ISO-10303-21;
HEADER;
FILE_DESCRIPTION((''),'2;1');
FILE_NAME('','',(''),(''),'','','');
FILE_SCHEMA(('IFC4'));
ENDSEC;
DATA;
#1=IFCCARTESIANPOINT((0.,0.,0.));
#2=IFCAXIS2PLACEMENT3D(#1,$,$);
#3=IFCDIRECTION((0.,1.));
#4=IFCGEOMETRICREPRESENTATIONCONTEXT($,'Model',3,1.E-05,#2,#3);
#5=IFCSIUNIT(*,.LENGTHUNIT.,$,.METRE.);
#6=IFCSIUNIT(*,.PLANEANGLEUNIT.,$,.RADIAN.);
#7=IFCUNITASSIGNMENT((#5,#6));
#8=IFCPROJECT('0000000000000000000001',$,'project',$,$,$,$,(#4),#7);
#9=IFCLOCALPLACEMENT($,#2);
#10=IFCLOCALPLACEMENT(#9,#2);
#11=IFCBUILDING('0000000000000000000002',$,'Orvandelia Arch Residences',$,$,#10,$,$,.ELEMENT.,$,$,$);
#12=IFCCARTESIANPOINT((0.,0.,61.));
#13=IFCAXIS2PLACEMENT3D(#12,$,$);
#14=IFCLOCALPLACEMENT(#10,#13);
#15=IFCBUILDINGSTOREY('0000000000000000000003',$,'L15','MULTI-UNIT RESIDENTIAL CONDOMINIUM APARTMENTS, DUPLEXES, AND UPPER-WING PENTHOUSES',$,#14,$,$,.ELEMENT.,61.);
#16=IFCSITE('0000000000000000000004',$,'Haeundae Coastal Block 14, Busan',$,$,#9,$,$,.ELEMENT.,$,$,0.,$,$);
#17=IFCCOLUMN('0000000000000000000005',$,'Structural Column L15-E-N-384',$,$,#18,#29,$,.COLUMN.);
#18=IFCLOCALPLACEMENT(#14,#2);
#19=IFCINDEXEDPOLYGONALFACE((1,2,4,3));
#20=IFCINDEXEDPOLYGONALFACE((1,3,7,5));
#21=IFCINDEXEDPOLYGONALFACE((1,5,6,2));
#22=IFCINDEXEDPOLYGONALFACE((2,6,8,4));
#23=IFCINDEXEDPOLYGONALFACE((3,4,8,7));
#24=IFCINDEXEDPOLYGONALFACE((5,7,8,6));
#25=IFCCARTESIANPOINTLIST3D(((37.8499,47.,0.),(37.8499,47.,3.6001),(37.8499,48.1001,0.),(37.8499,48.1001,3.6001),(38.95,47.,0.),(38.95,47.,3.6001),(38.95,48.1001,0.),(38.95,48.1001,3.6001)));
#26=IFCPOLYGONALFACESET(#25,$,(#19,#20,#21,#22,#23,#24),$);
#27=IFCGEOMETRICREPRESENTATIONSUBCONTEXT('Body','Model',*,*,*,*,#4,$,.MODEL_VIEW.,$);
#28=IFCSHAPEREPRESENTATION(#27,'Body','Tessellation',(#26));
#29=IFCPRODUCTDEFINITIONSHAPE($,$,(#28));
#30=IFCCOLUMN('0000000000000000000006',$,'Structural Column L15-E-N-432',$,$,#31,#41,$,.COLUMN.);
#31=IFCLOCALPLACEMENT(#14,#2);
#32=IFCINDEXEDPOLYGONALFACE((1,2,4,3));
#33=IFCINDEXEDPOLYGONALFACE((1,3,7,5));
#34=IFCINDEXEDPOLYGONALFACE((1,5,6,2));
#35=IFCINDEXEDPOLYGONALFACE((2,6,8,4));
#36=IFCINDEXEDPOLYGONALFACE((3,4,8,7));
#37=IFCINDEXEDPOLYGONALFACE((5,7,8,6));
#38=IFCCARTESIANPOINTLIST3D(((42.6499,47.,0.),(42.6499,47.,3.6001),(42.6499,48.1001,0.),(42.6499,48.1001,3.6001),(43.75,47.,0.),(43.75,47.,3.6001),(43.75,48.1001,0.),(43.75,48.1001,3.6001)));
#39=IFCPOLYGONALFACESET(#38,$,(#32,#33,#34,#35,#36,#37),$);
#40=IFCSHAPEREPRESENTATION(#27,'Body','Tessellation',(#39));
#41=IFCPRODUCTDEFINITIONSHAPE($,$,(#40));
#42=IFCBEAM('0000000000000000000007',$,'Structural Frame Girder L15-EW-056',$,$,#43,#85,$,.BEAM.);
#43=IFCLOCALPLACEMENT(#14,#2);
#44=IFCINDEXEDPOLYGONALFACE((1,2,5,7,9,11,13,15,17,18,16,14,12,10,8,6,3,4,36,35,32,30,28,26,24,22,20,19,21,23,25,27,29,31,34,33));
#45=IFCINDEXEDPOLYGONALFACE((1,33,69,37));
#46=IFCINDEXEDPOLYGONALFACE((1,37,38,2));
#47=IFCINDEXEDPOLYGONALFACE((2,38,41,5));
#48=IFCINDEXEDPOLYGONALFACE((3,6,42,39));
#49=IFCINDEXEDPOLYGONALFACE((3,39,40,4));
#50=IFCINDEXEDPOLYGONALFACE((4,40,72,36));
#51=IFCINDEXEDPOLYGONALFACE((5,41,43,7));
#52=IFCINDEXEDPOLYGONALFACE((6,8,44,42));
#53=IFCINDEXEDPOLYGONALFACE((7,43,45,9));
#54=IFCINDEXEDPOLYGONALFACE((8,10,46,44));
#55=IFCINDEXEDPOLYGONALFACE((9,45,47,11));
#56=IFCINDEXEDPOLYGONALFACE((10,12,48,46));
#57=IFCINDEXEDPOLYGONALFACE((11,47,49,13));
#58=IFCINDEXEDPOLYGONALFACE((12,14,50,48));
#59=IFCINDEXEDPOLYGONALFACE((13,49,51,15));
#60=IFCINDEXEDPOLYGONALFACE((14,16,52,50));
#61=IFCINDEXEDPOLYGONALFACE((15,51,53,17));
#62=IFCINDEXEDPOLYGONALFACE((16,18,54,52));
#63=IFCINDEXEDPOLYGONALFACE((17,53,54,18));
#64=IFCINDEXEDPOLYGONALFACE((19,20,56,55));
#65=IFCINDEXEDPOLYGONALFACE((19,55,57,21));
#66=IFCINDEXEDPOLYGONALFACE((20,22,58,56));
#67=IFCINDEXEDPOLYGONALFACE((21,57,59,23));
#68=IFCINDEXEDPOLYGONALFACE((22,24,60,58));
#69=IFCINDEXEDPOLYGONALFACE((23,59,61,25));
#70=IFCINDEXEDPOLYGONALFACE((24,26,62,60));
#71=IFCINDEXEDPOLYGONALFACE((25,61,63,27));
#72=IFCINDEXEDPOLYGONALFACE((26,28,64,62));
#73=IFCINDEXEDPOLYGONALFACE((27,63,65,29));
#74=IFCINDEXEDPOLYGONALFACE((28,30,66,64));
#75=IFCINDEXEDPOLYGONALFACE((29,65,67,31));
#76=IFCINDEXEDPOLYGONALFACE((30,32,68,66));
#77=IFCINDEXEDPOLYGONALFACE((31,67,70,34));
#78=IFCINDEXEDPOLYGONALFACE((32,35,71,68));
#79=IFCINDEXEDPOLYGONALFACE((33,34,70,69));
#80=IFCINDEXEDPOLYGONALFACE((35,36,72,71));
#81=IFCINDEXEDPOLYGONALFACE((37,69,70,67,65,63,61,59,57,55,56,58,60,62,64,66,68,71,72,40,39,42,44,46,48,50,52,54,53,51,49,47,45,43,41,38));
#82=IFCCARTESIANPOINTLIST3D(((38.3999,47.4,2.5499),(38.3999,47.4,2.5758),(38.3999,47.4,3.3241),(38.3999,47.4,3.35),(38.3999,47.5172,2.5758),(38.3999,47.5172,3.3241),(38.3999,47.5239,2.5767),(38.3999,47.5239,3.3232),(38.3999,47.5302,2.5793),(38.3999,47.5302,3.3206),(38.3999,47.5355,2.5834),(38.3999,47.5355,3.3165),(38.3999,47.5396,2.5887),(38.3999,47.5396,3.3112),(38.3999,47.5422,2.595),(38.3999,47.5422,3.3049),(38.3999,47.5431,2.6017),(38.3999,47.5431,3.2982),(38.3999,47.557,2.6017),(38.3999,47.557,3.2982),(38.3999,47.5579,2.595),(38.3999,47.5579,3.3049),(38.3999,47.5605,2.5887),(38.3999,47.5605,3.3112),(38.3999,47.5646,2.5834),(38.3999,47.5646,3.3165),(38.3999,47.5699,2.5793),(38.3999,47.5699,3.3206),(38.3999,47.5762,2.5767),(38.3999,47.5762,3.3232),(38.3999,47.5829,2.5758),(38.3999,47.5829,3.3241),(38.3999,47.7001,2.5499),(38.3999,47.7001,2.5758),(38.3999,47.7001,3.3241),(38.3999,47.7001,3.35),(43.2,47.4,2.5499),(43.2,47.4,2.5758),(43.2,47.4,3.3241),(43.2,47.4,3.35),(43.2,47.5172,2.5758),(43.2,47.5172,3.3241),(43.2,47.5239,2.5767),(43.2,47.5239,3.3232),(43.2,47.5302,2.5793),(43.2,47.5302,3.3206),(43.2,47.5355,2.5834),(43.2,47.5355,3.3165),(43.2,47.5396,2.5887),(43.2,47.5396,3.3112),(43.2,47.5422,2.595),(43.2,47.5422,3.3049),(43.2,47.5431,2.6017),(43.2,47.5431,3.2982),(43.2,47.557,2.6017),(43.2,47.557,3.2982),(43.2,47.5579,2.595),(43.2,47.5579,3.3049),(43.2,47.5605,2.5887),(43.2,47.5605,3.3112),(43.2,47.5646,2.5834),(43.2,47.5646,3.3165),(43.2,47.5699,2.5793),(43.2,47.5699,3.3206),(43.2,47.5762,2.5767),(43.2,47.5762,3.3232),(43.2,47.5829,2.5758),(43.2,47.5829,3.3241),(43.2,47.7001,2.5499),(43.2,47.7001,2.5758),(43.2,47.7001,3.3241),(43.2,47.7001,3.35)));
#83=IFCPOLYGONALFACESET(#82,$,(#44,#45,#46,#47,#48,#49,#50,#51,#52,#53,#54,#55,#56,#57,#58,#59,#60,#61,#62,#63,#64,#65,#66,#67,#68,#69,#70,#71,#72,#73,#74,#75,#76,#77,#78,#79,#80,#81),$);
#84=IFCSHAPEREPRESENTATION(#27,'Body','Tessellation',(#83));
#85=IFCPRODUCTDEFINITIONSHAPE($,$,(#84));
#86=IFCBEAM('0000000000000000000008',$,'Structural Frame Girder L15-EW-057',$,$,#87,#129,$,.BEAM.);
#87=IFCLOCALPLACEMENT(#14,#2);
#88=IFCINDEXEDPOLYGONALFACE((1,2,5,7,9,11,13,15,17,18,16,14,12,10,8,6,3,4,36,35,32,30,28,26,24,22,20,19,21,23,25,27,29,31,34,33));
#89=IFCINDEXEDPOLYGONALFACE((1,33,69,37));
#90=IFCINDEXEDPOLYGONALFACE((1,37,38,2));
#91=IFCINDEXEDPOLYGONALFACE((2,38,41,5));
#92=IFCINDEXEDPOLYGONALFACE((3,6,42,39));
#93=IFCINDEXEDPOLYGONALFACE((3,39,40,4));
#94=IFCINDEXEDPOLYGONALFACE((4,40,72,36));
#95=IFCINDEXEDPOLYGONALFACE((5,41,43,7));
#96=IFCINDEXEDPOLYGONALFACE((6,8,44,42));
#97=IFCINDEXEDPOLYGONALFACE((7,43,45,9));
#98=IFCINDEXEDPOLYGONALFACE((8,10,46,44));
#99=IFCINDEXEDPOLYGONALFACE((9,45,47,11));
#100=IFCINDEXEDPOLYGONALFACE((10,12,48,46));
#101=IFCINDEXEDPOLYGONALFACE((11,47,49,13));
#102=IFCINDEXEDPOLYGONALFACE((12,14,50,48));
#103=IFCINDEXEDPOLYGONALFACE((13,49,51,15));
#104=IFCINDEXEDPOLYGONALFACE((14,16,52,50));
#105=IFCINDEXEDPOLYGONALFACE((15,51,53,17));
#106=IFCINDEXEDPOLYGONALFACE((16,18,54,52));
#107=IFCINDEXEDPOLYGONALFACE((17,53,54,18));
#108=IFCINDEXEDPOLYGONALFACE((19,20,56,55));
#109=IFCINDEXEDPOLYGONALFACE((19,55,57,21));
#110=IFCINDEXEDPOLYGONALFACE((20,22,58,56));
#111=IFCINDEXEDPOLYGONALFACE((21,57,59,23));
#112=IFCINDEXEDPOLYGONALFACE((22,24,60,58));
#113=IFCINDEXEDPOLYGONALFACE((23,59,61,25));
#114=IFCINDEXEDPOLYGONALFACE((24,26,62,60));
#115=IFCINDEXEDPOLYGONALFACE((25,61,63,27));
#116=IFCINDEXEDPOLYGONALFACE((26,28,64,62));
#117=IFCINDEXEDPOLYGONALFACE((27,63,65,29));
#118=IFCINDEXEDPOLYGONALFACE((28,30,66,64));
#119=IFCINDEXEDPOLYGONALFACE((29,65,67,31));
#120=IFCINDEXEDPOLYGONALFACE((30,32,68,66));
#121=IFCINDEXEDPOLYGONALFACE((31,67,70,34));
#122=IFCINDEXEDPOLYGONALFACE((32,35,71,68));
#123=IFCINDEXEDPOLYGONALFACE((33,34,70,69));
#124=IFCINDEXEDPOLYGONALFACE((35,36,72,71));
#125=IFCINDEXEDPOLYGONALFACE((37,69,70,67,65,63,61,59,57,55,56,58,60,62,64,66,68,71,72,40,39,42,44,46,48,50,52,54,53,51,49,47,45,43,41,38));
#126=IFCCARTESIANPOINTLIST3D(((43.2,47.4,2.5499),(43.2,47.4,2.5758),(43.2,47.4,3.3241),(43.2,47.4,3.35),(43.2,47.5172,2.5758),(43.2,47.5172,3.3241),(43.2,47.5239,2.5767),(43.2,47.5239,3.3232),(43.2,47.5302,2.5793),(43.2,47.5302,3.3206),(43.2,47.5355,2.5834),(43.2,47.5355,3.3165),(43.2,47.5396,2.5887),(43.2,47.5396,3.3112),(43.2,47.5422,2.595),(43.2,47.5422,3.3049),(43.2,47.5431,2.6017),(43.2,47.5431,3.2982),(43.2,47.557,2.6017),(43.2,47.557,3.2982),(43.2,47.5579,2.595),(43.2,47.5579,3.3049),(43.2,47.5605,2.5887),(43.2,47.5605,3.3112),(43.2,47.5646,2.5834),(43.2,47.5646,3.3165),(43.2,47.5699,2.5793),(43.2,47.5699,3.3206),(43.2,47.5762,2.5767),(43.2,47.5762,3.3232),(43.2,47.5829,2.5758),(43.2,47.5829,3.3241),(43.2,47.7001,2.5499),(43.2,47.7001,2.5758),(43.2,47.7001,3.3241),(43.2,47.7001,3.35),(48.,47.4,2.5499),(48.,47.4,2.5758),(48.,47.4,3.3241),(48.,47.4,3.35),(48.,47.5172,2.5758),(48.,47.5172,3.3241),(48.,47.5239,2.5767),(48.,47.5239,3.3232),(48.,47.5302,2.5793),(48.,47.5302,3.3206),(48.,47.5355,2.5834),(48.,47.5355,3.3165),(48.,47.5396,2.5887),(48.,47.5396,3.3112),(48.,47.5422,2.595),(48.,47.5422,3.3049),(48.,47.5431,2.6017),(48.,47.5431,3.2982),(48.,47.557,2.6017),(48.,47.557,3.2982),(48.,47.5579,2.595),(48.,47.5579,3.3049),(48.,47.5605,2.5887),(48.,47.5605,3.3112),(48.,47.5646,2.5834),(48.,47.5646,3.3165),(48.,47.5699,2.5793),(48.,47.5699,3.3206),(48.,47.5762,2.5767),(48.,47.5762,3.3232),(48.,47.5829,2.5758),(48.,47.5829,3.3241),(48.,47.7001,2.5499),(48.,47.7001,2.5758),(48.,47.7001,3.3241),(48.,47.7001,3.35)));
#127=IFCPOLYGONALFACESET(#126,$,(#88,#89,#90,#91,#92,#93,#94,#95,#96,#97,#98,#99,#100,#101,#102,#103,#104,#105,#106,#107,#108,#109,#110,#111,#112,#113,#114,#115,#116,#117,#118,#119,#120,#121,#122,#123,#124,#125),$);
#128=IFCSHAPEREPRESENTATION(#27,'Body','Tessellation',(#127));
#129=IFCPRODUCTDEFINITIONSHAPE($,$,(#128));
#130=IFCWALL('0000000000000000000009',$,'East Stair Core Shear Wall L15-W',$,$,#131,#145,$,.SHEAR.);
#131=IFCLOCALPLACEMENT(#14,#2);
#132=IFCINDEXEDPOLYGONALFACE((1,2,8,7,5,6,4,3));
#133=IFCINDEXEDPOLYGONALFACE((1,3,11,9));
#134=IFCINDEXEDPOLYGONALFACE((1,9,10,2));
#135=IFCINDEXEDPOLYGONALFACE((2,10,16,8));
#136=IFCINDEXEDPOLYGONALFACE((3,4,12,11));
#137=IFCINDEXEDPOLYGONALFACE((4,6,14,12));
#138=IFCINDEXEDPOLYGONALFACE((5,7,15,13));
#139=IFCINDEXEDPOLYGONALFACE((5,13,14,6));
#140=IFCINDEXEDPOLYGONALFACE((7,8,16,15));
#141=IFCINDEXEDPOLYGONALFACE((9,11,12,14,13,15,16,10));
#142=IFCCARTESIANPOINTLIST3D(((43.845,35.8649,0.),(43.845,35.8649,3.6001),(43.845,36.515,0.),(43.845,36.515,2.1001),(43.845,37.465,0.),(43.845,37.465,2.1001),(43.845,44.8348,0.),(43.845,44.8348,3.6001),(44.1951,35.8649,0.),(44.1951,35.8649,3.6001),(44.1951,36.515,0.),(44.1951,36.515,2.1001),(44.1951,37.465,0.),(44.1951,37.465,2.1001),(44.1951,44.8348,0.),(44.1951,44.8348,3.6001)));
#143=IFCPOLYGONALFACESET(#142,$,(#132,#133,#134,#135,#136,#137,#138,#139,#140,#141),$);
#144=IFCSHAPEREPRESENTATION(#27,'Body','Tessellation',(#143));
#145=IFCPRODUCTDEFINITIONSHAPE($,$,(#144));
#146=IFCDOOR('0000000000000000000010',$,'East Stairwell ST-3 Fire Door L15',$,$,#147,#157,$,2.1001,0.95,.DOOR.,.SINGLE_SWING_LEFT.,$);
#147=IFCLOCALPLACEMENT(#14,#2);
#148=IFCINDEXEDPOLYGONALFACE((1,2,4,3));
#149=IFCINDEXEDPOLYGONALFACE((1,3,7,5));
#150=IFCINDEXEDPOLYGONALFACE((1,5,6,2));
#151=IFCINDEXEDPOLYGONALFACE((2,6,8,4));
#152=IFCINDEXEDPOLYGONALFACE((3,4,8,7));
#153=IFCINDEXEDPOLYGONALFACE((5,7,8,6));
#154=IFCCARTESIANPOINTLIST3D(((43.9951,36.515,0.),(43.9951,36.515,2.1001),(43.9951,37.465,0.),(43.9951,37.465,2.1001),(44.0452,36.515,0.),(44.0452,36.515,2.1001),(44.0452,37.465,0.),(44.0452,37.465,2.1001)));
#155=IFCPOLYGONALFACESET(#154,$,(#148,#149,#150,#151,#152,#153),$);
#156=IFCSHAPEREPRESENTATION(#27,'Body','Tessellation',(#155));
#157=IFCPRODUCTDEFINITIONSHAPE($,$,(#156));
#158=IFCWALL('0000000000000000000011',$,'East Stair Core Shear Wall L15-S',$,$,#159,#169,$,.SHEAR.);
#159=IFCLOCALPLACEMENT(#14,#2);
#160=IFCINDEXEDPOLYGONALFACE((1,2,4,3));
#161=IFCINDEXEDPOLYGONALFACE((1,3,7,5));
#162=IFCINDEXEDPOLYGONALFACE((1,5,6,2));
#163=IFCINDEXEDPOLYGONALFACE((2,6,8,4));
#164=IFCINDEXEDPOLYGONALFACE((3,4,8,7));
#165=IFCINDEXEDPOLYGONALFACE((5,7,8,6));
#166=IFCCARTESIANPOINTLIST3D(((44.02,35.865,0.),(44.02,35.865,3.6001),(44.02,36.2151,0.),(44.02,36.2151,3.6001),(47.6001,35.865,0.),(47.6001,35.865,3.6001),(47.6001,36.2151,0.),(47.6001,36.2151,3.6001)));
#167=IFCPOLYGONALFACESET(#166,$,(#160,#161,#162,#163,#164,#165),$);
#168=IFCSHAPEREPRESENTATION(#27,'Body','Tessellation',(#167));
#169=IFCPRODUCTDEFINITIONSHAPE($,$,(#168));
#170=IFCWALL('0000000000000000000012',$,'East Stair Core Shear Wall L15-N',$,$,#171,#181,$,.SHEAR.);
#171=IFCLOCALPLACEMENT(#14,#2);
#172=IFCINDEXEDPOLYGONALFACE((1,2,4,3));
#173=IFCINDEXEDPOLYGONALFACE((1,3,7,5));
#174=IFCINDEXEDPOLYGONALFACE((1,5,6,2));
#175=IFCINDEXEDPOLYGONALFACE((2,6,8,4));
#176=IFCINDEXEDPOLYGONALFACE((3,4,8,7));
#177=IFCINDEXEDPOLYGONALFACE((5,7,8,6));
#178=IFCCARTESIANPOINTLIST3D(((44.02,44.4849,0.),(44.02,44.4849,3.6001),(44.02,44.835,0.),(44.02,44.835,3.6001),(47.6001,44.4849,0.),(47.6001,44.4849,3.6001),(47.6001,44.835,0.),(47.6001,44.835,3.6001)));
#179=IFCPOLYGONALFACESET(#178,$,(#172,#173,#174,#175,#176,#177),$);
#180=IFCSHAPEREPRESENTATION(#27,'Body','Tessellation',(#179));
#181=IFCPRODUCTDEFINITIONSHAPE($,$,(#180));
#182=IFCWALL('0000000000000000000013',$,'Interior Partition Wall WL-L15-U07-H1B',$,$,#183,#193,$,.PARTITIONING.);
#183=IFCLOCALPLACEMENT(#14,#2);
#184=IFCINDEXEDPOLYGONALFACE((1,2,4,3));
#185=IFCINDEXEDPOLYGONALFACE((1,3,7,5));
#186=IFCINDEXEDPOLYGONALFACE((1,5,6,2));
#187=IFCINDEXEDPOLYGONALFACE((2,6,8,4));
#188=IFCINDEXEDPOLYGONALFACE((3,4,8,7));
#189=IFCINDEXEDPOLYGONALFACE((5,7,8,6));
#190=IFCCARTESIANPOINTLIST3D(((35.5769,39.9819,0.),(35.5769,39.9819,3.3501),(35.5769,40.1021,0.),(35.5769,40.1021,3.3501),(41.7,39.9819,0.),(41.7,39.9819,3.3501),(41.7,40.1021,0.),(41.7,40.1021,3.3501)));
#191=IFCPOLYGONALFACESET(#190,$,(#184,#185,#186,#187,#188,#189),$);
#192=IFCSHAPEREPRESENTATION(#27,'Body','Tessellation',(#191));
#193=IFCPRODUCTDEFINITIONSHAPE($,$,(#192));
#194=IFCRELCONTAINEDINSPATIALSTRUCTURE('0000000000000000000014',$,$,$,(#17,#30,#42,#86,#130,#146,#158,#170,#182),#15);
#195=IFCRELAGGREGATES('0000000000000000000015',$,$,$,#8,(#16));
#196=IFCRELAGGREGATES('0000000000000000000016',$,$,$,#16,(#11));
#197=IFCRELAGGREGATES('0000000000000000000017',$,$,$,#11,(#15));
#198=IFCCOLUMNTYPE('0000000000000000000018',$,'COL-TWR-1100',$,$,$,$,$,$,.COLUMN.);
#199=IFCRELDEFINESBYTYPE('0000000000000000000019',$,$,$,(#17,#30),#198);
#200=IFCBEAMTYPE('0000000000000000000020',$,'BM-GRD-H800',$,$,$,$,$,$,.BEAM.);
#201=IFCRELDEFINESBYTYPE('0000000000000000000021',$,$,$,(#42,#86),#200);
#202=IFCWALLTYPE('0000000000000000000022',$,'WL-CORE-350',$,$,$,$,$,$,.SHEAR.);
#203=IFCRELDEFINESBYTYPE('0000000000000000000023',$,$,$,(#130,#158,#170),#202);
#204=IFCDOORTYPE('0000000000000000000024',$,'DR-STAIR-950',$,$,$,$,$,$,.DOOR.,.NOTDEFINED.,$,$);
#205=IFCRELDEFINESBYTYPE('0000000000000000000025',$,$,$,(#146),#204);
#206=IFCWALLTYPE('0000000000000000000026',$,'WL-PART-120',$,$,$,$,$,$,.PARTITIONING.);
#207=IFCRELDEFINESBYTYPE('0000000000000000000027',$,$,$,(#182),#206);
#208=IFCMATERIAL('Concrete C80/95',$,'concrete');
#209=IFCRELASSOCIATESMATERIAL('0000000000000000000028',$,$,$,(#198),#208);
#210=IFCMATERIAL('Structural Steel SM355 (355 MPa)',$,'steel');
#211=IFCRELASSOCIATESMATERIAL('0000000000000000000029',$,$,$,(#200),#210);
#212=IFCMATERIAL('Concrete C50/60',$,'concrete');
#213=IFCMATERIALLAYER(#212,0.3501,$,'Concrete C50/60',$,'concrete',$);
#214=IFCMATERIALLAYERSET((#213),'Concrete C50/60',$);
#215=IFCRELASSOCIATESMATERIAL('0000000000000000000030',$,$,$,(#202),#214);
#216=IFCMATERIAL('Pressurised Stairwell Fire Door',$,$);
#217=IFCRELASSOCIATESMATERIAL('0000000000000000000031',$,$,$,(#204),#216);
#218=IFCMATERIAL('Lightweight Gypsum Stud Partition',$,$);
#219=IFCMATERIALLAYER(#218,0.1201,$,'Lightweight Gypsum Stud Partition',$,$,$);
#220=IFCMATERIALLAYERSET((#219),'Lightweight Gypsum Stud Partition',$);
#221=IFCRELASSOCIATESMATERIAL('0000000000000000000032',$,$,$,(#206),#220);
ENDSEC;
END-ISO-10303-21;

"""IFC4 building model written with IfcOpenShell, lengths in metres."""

from ifc_helpers import new_model, si_unit, direction, frame, frame_2d, origin, origin_2d, place, context, subcontext, project, spatial, rectangle, i_section, extrude, material, layer, layer_set, material_profile, profile_set, type_object, element, fill, save


model = new_model("IFC4")

# Units and contexts
model_context = context("Model", 3, precision=1e-05, world=origin(), true_north=direction((0.0, 1.0)))
body_context = subcontext(model_context, "Body", "Model", "MODEL_VIEW")
ifc_project = project(units=[si_unit("LENGTHUNIT", "METRE"), si_unit("PLANEANGLEUNIT", "RADIAN")], contexts=[model_context])

# Site, building, storey
site_placement = place(None, origin())
site = spatial("IfcSite", under=ifc_project, at=site_placement, Name="Haeundae Coastal Block 14, Busan", CompositionType="ELEMENT", RefElevation=0.0)
building_placement = place(site_placement, origin())
building = spatial("IfcBuilding", under=site, at=building_placement, Name="Orvandelia Arch Residences", CompositionType="ELEMENT")
storey_placement = place(building_placement, frame((0.0, 0.0, 61.0)))
storey = spatial("IfcBuildingStorey", under=building, at=storey_placement, Name="L15", Description="MULTI-UNIT RESIDENTIAL CONDOMINIUM APARTMENTS, DUPLEXES, AND UPPER-WING PENTHOUSES", CompositionType="ELEMENT", Elevation=61.0)

# Columns
ifc_material_1 = material(Name="Concrete C80/95", Category="concrete")
ifc_material_profile_1 = material_profile(ifc_material_1, rectangle(XDim=1.1001, YDim=1.1001, at=origin_2d()), Name="Concrete C80/95", Category="concrete")
ifc_profile_set_1 = profile_set([ifc_material_profile_1], Name="Concrete C80/95")
column_type = type_object("IfcColumnType", Name="COL-TWR-1100", PredefinedType="COLUMN", material=ifc_profile_set_1)
for number, where, z_axis, x_axis, name in (
    (1, (38.3999, 47.55, 0.0), (0.0, 0.0, 1.0), (1.0, 0.0, 0.0), "Structural Column L15-E-N-384"),
    (2, (43.2, 47.55, 0.0), (0.0, 0.0, 1.0), (1.0, 0.0, 0.0), "Structural Column L15-E-N-432"),
):
    element("IfcColumn", number, at=place(storey_placement, frame(where, z_axis=z_axis, x_axis=x_axis)), inside=storey, type_object=column_type, Name=name, PredefinedType="COLUMN", context=body_context, shape_type="SweptSolid", body=[
        extrude(rectangle(XDim=1.1001, YDim=1.1001, at=origin_2d()), origin(), (0.0, 0.0, 1.0), 3.6001),
    ])

# Beams
ifc_material_2 = material(Name="Structural Steel SM355 (355 MPa)", Category="steel")
ifc_material_profile_2 = material_profile(ifc_material_2, i_section(OverallWidth=0.3, OverallDepth=0.8, WebThickness=0.0139, FlangeThickness=0.0259, FilletRadius=0.0259, at=origin_2d()), Name="Structural Steel SM355 (355 MPa)", Category="steel")
ifc_profile_set_2 = profile_set([ifc_material_profile_2], Name="Structural Steel SM355 (355 MPa)")
beam_type = type_object("IfcBeamType", Name="BM-GRD-H800", PredefinedType="BEAM", material=ifc_profile_set_2)
for number, where, z_axis, x_axis, name in (
    (3, (38.3999, 47.55, 2.95), (1.0, 0.0, 0.0), (0.0, 1.0, 0.0), "Structural Frame Girder L15-EW-056"),
    (4, (43.2, 47.55, 2.95), (1.0, 0.0, 0.0), (0.0, 1.0, 0.0), "Structural Frame Girder L15-EW-057"),
):
    element("IfcBeam", number, at=place(storey_placement, frame(where, z_axis=z_axis, x_axis=x_axis)), inside=storey, type_object=beam_type, Name=name, PredefinedType="BEAM", context=body_context, shape_type="SweptSolid", body=[
        extrude(i_section(OverallWidth=0.3, OverallDepth=0.8, WebThickness=0.0139, FlangeThickness=0.0259, FilletRadius=0.0259, at=origin_2d()), origin(), (0.0, 0.0, 1.0), 4.8),
    ])

# Wall, opening, door
ifc_material_3 = material(Name="Concrete C50/60", Category="concrete")
ifc_layer_1 = layer(ifc_material_3, 0.3501, Name="Concrete C50/60", Category="concrete")
ifc_layer_set_1 = layer_set([ifc_layer_1], Name="Concrete C50/60")
wall_type_1 = type_object("IfcWallType", Name="WL-CORE-350", PredefinedType="SHEAR", material=ifc_layer_set_1)
wall_1_placement = place(storey_placement, frame((44.02, 35.865, 0.0), z_axis=(0.0, 0.0, 1.0), x_axis=(0.0, 1.0, 0.0)))
wall_1 = element("IfcWall", 5, at=wall_1_placement, inside=storey, type_object=wall_type_1, Name="East Stair Core Shear Wall L15-W", PredefinedType="SHEAR", context=body_context, shape_type="SweptSolid", body=[
    extrude(rectangle(XDim=8.97, YDim=0.3501, at=frame_2d((4.4849, 0.0))), origin(), (0.0, 0.0, 1.0), 3.6001),
])
opening_1_placement = place(wall_1_placement, frame((0.6499, 0.0, 0.0)))
opening_1 = element("IfcOpeningElement", 6, at=opening_1_placement, cuts=wall_1, PredefinedType="OPENING", context=body_context, shape_type="SweptSolid", body=[
    extrude(rectangle(XDim=0.95, YDim=2.1001, at=frame_2d((0.4751, 1.05))), frame((0.0, 0.1851, 0.0), z_axis=(0.0, -1.0, 0.0), x_axis=(1.0, 0.0, 0.0)), (0.0, 0.0, 1.0), 0.3701),
])
ifc_material_4 = material(Name="Pressurised Stairwell Fire Door")
door_type_1 = type_object("IfcDoorType", Name="DR-STAIR-950", OperationType="NOTDEFINED", PredefinedType="DOOR", material=ifc_material_4)
door_1_placement = place(opening_1_placement, origin())
door_1 = element("IfcDoor", 7, at=door_1_placement, inside=storey, type_object=door_type_1, Name="East Stairwell ST-3 Fire Door L15", OperationType="SINGLE_SWING_LEFT", OverallHeight=2.1001, OverallWidth=0.95, PredefinedType="DOOR", context=body_context, shape_type="SweptSolid", body=[
    extrude(rectangle(XDim=0.95, YDim=2.1001, at=frame_2d((0.4751, 1.05))), frame((0.0, 0.0249, 0.0), z_axis=(0.0, -1.0, 0.0), x_axis=(1.0, 0.0, 0.0)), (0.0, 0.0, 1.0), 0.05),
])
fill(opening_1, door_1)

# Walls
for number, where, z_axis, x_axis, name in (
    (8, (44.02, 36.04, 0.0), (0.0, 0.0, 1.0), (1.0, 0.0, 0.0), "East Stair Core Shear Wall L15-S"),
    (9, (44.02, 44.6599, 0.0), (0.0, 0.0, 1.0), (1.0, 0.0, 0.0), "East Stair Core Shear Wall L15-N"),
):
    element("IfcWall", number, at=place(storey_placement, frame(where, z_axis=z_axis, x_axis=x_axis)), inside=storey, type_object=wall_type_1, Name=name, PredefinedType="SHEAR", context=body_context, shape_type="SweptSolid", body=[
        extrude(rectangle(XDim=3.5801, YDim=0.3501, at=frame_2d((1.79, 0.0))), origin(), (0.0, 0.0, 1.0), 3.6001),
    ])

# Wall
ifc_material_5 = material(Name="Lightweight Gypsum Stud Partition")
ifc_layer_2 = layer(ifc_material_5, 0.1201, Name="Lightweight Gypsum Stud Partition")
ifc_layer_set_2 = layer_set([ifc_layer_2], Name="Lightweight Gypsum Stud Partition")
wall_type_2 = type_object("IfcWallType", Name="WL-PART-120", PredefinedType="PARTITIONING", material=ifc_layer_set_2)
for number, where, z_axis, x_axis, name in (
    (10, (35.5769, 40.042, 0.0), (0.0, 0.0, 1.0), (1.0, 0.0, 0.0), "Interior Partition Wall WL-L15-U07-H1B"),
):
    element("IfcWall", number, at=place(storey_placement, frame(where, z_axis=z_axis, x_axis=x_axis)), inside=storey, type_object=wall_type_2, Name=name, PredefinedType="PARTITIONING", context=body_context, shape_type="SweptSolid", body=[
        extrude(rectangle(XDim=6.123, YDim=0.1201, at=frame_2d((3.0615, 0.0))), origin(), (0.0, 0.0, 1.0), 3.3501),
    ])

save(model, "model.ifc")
